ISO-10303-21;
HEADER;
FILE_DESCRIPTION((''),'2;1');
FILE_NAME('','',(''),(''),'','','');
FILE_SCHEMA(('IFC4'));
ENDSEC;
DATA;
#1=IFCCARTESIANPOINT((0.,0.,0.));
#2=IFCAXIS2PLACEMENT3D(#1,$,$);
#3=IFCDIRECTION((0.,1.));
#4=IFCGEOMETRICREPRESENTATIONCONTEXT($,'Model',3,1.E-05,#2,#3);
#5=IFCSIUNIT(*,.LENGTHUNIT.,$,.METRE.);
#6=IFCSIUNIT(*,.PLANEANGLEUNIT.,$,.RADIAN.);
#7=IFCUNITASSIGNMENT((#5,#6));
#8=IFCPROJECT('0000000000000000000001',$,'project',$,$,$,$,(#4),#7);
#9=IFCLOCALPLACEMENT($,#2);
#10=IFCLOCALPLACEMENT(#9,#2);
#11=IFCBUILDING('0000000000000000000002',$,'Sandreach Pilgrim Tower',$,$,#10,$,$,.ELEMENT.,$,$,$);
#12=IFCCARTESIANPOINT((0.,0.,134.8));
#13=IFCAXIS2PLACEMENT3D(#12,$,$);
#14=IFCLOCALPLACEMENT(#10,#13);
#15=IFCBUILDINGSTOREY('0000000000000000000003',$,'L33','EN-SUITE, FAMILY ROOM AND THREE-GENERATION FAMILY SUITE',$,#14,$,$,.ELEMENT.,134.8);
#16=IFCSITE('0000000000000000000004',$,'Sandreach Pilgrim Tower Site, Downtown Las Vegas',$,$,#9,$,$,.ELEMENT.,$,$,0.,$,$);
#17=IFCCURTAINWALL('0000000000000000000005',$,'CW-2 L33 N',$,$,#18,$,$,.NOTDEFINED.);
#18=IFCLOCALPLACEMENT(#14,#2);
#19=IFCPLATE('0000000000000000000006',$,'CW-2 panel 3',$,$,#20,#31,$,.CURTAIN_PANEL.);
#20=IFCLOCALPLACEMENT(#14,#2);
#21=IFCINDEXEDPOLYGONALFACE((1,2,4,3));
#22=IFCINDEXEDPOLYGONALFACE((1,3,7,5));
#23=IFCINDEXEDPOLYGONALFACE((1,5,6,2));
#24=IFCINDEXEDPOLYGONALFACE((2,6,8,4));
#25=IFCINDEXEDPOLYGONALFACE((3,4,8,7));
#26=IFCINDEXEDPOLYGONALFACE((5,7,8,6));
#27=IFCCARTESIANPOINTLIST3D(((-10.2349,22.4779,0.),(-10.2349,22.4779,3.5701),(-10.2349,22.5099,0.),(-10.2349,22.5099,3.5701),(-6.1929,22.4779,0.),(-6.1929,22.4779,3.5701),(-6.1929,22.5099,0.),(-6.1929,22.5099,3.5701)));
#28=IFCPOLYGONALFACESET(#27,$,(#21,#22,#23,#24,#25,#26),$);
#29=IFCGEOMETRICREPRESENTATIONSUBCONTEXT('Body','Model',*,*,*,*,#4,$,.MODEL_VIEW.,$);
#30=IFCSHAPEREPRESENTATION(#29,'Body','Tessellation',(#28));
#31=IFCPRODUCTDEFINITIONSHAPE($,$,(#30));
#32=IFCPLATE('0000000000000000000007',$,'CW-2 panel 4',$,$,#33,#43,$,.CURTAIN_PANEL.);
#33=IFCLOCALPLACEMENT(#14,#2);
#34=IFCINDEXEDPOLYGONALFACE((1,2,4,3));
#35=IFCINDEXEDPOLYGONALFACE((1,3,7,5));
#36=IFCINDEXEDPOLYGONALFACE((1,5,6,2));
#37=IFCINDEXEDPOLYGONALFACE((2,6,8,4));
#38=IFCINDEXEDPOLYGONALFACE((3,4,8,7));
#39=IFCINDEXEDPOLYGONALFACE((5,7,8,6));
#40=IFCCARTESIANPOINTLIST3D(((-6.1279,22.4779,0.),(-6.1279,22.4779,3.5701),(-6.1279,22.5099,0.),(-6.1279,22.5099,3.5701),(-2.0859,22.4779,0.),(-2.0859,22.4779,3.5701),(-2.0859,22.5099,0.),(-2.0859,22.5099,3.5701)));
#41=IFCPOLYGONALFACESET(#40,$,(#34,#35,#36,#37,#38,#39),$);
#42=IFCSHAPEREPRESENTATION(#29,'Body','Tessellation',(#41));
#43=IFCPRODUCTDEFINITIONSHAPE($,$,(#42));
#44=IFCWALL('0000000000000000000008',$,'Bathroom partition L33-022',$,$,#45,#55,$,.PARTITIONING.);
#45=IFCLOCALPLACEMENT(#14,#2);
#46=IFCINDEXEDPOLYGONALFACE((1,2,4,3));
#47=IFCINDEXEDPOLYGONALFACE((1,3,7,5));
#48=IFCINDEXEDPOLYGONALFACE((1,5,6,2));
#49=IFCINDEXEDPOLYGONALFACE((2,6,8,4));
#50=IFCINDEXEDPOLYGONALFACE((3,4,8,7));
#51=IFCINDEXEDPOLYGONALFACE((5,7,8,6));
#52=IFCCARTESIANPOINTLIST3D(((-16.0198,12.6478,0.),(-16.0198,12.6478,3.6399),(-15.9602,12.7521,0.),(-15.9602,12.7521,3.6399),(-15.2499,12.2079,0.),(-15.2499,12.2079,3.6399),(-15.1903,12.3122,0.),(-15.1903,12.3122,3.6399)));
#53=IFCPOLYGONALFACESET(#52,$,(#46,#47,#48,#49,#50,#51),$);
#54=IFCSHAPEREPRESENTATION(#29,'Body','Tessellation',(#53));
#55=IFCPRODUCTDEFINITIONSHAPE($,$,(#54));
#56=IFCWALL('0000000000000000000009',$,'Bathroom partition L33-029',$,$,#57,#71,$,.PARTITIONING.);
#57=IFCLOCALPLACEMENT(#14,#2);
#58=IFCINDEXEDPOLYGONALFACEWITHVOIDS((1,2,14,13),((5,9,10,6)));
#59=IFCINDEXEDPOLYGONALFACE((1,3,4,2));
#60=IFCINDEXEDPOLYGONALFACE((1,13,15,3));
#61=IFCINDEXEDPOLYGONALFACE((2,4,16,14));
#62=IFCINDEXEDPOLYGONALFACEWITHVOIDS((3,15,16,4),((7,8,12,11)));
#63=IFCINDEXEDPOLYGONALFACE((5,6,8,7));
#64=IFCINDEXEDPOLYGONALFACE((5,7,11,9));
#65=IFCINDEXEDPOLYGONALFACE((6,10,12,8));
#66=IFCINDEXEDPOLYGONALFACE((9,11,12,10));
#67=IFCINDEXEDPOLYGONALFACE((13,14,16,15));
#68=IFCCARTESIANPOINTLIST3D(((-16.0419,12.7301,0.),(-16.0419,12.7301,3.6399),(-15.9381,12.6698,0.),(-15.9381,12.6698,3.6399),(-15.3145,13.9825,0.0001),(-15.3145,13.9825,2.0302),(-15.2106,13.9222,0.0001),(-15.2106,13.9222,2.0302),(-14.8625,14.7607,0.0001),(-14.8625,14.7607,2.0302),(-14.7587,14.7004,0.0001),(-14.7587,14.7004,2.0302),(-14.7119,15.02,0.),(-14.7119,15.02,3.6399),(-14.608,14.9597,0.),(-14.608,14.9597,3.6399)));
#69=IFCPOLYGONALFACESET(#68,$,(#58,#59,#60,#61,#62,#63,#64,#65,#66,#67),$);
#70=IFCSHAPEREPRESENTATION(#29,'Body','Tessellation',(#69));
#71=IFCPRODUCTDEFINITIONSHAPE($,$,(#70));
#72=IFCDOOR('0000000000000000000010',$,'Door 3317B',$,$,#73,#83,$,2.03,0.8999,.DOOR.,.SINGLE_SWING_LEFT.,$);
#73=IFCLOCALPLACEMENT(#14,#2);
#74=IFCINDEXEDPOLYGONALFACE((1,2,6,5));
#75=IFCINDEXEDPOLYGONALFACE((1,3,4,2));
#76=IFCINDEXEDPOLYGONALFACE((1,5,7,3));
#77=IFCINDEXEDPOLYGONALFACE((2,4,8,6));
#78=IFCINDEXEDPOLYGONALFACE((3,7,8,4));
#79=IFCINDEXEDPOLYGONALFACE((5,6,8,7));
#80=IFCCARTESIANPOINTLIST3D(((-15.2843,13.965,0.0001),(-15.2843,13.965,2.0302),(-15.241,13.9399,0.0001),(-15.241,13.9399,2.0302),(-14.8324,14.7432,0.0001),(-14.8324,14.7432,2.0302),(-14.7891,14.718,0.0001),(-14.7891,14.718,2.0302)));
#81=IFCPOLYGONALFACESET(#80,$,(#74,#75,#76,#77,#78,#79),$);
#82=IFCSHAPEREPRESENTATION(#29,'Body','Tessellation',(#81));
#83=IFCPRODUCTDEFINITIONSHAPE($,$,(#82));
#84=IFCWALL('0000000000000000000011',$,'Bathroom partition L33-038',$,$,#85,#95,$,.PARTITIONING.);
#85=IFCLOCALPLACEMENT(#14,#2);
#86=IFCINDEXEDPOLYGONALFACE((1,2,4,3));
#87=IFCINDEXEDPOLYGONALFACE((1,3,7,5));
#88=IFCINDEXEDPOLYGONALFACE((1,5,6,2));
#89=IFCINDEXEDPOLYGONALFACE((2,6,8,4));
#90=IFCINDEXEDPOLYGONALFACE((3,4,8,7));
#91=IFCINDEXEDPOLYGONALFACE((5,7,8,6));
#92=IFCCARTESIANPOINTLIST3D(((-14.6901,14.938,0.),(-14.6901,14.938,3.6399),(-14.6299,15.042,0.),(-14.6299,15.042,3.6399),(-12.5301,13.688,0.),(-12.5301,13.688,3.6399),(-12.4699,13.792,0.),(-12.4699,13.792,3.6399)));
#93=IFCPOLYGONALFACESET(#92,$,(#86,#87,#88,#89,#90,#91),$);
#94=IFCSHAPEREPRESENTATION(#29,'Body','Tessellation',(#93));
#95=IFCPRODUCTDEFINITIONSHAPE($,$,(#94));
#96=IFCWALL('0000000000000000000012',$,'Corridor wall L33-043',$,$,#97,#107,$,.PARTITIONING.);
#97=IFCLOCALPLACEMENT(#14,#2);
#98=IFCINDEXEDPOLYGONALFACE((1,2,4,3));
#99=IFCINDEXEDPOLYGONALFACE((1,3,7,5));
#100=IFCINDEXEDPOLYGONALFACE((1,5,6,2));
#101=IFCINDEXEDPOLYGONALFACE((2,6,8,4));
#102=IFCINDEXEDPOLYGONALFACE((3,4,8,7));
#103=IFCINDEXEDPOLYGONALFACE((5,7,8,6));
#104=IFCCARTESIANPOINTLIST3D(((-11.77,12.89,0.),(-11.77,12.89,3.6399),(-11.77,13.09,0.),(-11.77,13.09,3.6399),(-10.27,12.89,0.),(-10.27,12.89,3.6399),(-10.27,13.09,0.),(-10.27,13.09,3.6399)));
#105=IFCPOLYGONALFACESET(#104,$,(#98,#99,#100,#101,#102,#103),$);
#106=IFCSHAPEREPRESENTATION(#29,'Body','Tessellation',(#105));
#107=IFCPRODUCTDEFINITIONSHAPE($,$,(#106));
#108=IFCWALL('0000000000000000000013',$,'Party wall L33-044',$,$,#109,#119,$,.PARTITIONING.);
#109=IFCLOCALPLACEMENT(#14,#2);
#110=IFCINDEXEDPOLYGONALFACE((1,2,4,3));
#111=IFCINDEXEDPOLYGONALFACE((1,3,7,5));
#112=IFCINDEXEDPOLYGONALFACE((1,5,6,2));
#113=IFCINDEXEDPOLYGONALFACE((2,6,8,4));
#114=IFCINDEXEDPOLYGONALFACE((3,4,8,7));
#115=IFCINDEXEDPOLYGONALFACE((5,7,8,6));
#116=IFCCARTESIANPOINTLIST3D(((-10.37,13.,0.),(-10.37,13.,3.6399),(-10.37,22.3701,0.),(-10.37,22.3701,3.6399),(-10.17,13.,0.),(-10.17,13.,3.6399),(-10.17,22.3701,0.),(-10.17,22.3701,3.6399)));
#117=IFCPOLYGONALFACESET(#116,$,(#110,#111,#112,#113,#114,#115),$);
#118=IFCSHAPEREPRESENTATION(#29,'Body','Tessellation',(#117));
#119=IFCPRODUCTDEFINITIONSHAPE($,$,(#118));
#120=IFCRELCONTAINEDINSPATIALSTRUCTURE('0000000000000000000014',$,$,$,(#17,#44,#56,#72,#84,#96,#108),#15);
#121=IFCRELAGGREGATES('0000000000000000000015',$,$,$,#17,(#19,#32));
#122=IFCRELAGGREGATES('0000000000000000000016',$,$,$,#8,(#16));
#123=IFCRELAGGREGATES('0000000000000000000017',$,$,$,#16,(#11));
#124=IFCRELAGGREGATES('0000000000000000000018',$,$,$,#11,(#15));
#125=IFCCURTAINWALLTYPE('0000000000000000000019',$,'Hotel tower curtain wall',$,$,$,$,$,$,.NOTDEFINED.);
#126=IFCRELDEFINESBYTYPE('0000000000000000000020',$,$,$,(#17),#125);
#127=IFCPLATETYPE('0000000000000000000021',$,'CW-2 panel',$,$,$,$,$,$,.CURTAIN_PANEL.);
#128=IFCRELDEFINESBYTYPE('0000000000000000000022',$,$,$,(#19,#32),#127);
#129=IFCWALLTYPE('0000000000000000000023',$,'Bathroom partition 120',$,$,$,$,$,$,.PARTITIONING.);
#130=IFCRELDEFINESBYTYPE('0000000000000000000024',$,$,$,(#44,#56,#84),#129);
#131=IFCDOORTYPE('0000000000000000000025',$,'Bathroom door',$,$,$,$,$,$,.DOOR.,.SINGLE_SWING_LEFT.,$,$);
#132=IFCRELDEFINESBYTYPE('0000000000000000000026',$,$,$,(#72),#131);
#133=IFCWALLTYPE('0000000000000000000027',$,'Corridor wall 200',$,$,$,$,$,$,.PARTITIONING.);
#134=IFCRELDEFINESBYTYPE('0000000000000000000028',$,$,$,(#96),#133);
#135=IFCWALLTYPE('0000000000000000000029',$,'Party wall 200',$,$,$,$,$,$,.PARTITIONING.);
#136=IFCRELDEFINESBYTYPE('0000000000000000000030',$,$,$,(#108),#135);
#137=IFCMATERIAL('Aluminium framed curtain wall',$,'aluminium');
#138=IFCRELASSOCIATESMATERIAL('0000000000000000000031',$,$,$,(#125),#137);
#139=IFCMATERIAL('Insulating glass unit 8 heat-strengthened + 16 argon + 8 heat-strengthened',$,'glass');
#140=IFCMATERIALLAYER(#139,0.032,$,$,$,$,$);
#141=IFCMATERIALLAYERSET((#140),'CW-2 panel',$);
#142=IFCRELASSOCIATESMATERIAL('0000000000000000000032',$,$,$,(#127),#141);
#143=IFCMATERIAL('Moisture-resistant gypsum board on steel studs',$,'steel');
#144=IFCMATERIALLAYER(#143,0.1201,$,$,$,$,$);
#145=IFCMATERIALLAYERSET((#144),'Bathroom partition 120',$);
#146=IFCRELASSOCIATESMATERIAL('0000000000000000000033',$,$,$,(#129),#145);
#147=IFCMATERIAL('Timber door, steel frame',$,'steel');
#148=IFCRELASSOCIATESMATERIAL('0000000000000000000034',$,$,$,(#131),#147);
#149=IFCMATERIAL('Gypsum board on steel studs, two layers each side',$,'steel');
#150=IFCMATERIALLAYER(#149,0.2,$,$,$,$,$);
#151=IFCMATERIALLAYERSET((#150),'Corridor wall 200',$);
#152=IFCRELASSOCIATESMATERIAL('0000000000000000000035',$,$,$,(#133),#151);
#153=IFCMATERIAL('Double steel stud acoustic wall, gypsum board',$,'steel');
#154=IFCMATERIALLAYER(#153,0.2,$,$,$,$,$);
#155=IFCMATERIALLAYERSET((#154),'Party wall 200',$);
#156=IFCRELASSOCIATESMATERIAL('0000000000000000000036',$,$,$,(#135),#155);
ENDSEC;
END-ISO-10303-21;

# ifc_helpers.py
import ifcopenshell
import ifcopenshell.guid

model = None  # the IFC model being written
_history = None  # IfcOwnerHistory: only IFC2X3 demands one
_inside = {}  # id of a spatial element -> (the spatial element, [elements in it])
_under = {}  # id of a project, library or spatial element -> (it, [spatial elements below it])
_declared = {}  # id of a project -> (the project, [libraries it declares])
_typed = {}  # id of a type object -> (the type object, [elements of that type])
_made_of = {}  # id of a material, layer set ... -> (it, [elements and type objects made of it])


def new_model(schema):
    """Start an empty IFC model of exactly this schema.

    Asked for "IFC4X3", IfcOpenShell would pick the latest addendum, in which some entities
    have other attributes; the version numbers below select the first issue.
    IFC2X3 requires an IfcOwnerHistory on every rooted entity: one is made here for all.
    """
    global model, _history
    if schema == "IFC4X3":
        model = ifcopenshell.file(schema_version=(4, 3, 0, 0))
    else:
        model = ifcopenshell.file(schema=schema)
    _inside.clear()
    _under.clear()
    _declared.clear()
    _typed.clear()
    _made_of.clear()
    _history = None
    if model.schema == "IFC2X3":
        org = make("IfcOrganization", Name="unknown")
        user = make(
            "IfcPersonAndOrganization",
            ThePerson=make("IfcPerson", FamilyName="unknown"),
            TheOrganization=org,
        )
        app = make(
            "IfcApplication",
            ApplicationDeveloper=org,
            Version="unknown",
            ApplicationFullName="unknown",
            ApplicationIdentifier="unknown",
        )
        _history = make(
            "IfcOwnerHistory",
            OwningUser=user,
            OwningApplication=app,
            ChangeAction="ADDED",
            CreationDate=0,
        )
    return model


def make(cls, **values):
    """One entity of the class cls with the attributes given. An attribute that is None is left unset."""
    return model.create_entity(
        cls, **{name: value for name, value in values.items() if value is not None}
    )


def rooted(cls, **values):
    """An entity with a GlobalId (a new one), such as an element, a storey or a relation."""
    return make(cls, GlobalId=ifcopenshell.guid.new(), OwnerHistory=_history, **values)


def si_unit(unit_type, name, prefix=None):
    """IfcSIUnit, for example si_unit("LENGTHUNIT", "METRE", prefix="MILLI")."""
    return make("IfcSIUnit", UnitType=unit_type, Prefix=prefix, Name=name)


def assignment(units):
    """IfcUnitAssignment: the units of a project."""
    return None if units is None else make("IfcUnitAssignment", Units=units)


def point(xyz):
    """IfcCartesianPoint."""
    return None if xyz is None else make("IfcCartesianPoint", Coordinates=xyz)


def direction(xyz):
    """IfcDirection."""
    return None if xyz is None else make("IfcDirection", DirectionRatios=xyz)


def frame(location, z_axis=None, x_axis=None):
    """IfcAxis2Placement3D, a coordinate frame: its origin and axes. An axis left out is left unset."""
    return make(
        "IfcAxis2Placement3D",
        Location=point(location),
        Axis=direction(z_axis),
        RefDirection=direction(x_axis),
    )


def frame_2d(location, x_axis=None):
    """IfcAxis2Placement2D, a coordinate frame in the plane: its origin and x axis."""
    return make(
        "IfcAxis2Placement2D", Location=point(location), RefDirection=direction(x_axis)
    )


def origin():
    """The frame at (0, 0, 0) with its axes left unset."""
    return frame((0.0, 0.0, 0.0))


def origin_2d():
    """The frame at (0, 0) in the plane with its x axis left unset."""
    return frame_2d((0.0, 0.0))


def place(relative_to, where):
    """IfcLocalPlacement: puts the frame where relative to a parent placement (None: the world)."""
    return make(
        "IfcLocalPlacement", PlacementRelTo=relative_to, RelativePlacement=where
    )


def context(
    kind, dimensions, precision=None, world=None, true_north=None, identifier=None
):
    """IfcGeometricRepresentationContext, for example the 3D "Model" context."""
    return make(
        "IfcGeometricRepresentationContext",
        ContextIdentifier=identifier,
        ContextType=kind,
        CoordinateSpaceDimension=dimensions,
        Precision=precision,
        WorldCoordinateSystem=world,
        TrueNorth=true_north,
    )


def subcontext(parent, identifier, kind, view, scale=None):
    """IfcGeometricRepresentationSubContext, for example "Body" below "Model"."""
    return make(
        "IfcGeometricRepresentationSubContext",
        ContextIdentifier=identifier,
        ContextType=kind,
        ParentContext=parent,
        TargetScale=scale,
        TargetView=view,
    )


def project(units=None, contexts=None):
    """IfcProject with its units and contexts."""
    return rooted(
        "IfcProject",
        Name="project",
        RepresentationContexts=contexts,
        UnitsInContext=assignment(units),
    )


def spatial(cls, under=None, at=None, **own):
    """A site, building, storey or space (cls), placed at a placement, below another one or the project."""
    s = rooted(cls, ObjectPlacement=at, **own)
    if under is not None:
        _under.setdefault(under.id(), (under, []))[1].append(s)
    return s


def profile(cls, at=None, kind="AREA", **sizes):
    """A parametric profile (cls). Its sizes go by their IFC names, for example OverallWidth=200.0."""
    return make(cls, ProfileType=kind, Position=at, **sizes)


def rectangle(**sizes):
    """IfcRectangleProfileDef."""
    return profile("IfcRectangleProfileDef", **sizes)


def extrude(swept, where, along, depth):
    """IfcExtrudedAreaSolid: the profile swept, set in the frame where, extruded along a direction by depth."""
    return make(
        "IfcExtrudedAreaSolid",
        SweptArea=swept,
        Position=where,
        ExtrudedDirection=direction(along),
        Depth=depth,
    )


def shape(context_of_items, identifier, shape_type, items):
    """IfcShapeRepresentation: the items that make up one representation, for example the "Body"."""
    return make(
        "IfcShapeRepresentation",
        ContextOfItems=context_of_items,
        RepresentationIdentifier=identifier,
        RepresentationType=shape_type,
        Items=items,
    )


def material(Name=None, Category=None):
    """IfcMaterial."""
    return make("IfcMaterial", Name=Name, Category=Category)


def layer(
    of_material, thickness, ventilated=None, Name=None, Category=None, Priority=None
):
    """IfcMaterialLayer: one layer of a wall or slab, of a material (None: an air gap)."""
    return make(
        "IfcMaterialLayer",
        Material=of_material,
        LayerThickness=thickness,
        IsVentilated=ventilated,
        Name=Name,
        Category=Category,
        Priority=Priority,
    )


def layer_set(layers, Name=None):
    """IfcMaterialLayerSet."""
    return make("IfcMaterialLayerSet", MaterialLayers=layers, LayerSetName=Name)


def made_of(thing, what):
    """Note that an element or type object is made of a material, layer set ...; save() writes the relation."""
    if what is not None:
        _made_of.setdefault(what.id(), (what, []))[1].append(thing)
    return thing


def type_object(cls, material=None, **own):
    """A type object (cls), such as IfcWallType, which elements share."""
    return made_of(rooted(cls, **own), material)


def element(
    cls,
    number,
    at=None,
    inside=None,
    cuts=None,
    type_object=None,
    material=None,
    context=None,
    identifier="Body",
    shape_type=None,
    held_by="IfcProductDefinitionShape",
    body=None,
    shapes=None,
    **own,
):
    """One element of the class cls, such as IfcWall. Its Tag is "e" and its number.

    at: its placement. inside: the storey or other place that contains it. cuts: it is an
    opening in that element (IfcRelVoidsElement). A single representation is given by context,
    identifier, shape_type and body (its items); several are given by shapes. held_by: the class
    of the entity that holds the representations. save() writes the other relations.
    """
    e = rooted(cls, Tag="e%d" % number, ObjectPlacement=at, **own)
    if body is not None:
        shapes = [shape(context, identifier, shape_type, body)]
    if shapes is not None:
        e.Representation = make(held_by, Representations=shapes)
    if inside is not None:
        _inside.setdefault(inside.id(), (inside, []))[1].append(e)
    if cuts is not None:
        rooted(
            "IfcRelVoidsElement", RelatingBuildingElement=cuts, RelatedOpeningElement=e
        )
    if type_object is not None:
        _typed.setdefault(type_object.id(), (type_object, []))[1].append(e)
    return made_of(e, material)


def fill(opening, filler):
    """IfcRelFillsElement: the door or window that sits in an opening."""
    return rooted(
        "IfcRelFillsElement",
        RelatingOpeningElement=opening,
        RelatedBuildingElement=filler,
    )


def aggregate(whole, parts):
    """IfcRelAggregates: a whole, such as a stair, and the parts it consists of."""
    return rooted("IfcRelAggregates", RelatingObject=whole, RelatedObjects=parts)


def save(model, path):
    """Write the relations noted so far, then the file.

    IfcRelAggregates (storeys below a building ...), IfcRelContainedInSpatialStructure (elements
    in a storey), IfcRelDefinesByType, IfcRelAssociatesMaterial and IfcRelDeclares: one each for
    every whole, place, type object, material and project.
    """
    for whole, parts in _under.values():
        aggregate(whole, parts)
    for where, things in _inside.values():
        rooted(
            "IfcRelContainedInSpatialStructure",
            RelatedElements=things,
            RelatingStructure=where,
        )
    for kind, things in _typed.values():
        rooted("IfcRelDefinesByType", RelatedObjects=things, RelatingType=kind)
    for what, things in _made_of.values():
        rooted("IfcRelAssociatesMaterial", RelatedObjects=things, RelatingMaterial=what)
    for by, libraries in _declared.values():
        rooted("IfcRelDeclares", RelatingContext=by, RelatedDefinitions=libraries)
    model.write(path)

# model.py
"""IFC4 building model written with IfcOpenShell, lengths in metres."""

from ifc_helpers import new_model, si_unit, direction, frame, frame_2d, origin, origin_2d, place, context, subcontext, project, spatial, rectangle, extrude, material, layer, layer_set, type_object, element, fill, aggregate, save


model = new_model("IFC4")

# Units and contexts
model_context = context("Model", 3, precision=1e-05, world=origin(), true_north=direction((0.0, 1.0)))
body_context = subcontext(model_context, "Body", "Model", "MODEL_VIEW")
ifc_project = project(units=[si_unit("LENGTHUNIT", "METRE"), si_unit("PLANEANGLEUNIT", "RADIAN")], contexts=[model_context])

# Site, building, storey
site_placement = place(None, origin())
site = spatial("IfcSite", under=ifc_project, at=site_placement, Name="Sandreach Pilgrim Tower Site, Downtown Las Vegas", CompositionType="ELEMENT", RefElevation=0.0)
building_placement = place(site_placement, origin())
building = spatial("IfcBuilding", under=site, at=building_placement, Name="Sandreach Pilgrim Tower", CompositionType="ELEMENT")
storey_placement = place(building_placement, frame((0.0, 0.0, 134.8)))
storey = spatial("IfcBuildingStorey", under=building, at=storey_placement, Name="L33", Description="EN-SUITE, FAMILY ROOM AND THREE-GENERATION FAMILY SUITE", CompositionType="ELEMENT", Elevation=134.8)

# Curtain wall
ifc_material_1 = material(Name="Aluminium framed curtain wall", Category="aluminium")
curtain_wall_type = type_object("IfcCurtainWallType", Name="Hotel tower curtain wall", PredefinedType="NOTDEFINED", material=ifc_material_1)
curtain_wall_placement = place(storey_placement, origin())
curtain_wall = element("IfcCurtainWall", 1, at=curtain_wall_placement, inside=storey, type_object=curtain_wall_type, Name="CW-2 L33 N", PredefinedType="NOTDEFINED")

# Plates
ifc_material_2 = material(Name="Insulating glass unit 8 heat-strengthened + 16 argon + 8 heat-strengthened", Category="glass")
ifc_layer_1 = layer(ifc_material_2, 0.032)
ifc_layer_set_1 = layer_set([ifc_layer_1], Name="CW-2 panel")
plate_type = type_object("IfcPlateType", Name="CW-2 panel", PredefinedType="CURTAIN_PANEL", material=ifc_layer_set_1)
plate_1_placement = place(storey_placement, frame((-8.2139, 22.4939, 0.0), z_axis=(0.0, 0.0, 1.0), x_axis=(1.0, 0.0, 0.0)))
plate_1 = element("IfcPlate", 2, at=plate_1_placement, type_object=plate_type, Name="CW-2 panel 3", PredefinedType="CURTAIN_PANEL", context=body_context, shape_type="SweptSolid", body=[
    extrude(rectangle(XDim=4.042, YDim=0.032, at=origin_2d()), origin(), (0.0, 0.0, 1.0), 3.5701),
])
plate_2_placement = place(storey_placement, frame((-4.1069, 22.4939, 0.0), z_axis=(0.0, 0.0, 1.0), x_axis=(1.0, 0.0, 0.0)))
plate_2 = element("IfcPlate", 3, at=plate_2_placement, type_object=plate_type, Name="CW-2 panel 4", PredefinedType="CURTAIN_PANEL", context=body_context, shape_type="SweptSolid", body=[
    extrude(rectangle(XDim=4.042, YDim=0.032, at=origin_2d()), origin(), (0.0, 0.0, 1.0), 3.5701),
])
aggregate(curtain_wall, [plate_1, plate_2])

# Wall
ifc_material_3 = material(Name="Moisture-resistant gypsum board on steel studs", Category="steel")
ifc_layer_2 = layer(ifc_material_3, 0.1201)
ifc_layer_set_2 = layer_set([ifc_layer_2], Name="Bathroom partition 120")
wall_type_1 = type_object("IfcWallType", Name="Bathroom partition 120", PredefinedType="PARTITIONING", material=ifc_layer_set_2)
wall_1_placement = place(storey_placement, frame((-15.99, 12.7, 0.0), z_axis=(0.0, 0.0, 1.0), x_axis=(0.868277, -0.49608, 0.0)))
element("IfcWall", 4, at=wall_1_placement, inside=storey, type_object=wall_type_1, Name="Bathroom partition L33-022", PredefinedType="PARTITIONING", context=body_context, shape_type="SweptSolid", body=[
    extrude(rectangle(XDim=0.8867, YDim=0.1201, at=frame_2d((0.4434, 0.0))), origin(), (0.0, 0.0, 1.0), 3.6399),
])

# Wall, opening, door
wall_2_placement = place(storey_placement, frame((-14.6599, 14.99, 0.0), z_axis=(0.0, 0.0, 1.0), x_axis=(-0.502242, -0.864727, 0.0)))
wall_2 = element("IfcWall", 5, at=wall_2_placement, inside=storey, type_object=wall_type_1, Name="Bathroom partition L33-029", PredefinedType="PARTITIONING", context=body_context, shape_type="SweptSolid", body=[
    extrude(rectangle(XDim=2.6482, YDim=0.1201, at=frame_2d((1.3242, 0.0))), origin(), (0.0, 0.0, 1.0), 3.6399),
])
opening_placement = place(wall_2_placement, frame((0.3, 0.0, 0.0)))
opening = element("IfcOpeningElement", 6, at=opening_placement, cuts=wall_2, PredefinedType="OPENING", context=body_context, shape_type="SweptSolid", body=[
    extrude(rectangle(XDim=0.8999, YDim=2.03, at=frame_2d((0.45, 1.0151))), frame((0.0, 0.0601, 0.0), z_axis=(0.0, -1.0, 0.0), x_axis=(1.0, 0.0, 0.0)), (0.0, 0.0, 1.0), 0.1201),
])
ifc_material_4 = material(Name="Timber door, steel frame", Category="steel")
door_type = type_object("IfcDoorType", Name="Bathroom door", OperationType="SINGLE_SWING_LEFT", PredefinedType="DOOR", material=ifc_material_4)
door_placement = place(opening_placement, origin())
door = element("IfcDoor", 7, at=door_placement, inside=storey, type_object=door_type, Name="Door 3317B", OperationType="SINGLE_SWING_LEFT", OverallHeight=2.03, OverallWidth=0.8999, PredefinedType="DOOR", context=body_context, shape_type="SweptSolid", body=[
    extrude(rectangle(XDim=0.8999, YDim=2.03, at=frame_2d((0.45, 1.0151))), frame((0.0, 0.0249, 0.0), z_axis=(0.0, -1.0, 0.0), x_axis=(1.0, 0.0, 0.0)), (0.0, 0.0, 1.0), 0.05),
])
fill(opening, door)

# Walls
wall_3_placement = place(storey_placement, frame((-12.5, 13.74, 0.0), z_axis=(0.0, 0.0, 1.0), x_axis=(-0.865509, 0.500894, 0.0)))
element("IfcWall", 8, at=wall_3_placement, inside=storey, type_object=wall_type_1, Name="Bathroom partition L33-038", PredefinedType="PARTITIONING", context=body_context, shape_type="SweptSolid", body=[
    extrude(rectangle(XDim=2.4956, YDim=0.1201, at=frame_2d((1.2478, 0.0))), origin(), (0.0, 0.0, 1.0), 3.6399),
])
ifc_material_5 = material(Name="Gypsum board on steel studs, two layers each side", Category="steel")
ifc_layer_3 = layer(ifc_material_5, 0.2)
ifc_layer_set_3 = layer_set([ifc_layer_3], Name="Corridor wall 200")
wall_type_2 = type_object("IfcWallType", Name="Corridor wall 200", PredefinedType="PARTITIONING", material=ifc_layer_set_3)
wall_4_placement = place(storey_placement, frame((-10.27, 12.99, 0.0), z_axis=(0.0, 0.0, 1.0), x_axis=(-1.0, 0.0, 0.0)))
element("IfcWall", 9, at=wall_4_placement, inside=storey, type_object=wall_type_2, Name="Corridor wall L33-043", PredefinedType="PARTITIONING", context=body_context, shape_type="SweptSolid", body=[
    extrude(rectangle(XDim=1.5, YDim=0.2, at=frame_2d((0.75, 0.0))), origin(), (0.0, 0.0, 1.0), 3.6399),
])
ifc_material_6 = material(Name="Double steel stud acoustic wall, gypsum board", Category="steel")
ifc_layer_4 = layer(ifc_material_6, 0.2)
ifc_layer_set_4 = layer_set([ifc_layer_4], Name="Party wall 200")
wall_type_3 = type_object("IfcWallType", Name="Party wall 200", PredefinedType="PARTITIONING", material=ifc_layer_set_4)
wall_5_placement = place(storey_placement, frame((-10.27, 13.0, 0.0), z_axis=(0.0, 0.0, 1.0), x_axis=(0.0, 1.0, 0.0)))
element("IfcWall", 10, at=wall_5_placement, inside=storey, type_object=wall_type_3, Name="Party wall L33-044", PredefinedType="PARTITIONING", context=body_context, shape_type="SweptSolid", body=[
    extrude(rectangle(XDim=9.3701, YDim=0.2, at=frame_2d((4.6851, 0.0))), origin(), (0.0, 0.0, 1.0), 3.6399),
])

save(model, "model.ifc")
